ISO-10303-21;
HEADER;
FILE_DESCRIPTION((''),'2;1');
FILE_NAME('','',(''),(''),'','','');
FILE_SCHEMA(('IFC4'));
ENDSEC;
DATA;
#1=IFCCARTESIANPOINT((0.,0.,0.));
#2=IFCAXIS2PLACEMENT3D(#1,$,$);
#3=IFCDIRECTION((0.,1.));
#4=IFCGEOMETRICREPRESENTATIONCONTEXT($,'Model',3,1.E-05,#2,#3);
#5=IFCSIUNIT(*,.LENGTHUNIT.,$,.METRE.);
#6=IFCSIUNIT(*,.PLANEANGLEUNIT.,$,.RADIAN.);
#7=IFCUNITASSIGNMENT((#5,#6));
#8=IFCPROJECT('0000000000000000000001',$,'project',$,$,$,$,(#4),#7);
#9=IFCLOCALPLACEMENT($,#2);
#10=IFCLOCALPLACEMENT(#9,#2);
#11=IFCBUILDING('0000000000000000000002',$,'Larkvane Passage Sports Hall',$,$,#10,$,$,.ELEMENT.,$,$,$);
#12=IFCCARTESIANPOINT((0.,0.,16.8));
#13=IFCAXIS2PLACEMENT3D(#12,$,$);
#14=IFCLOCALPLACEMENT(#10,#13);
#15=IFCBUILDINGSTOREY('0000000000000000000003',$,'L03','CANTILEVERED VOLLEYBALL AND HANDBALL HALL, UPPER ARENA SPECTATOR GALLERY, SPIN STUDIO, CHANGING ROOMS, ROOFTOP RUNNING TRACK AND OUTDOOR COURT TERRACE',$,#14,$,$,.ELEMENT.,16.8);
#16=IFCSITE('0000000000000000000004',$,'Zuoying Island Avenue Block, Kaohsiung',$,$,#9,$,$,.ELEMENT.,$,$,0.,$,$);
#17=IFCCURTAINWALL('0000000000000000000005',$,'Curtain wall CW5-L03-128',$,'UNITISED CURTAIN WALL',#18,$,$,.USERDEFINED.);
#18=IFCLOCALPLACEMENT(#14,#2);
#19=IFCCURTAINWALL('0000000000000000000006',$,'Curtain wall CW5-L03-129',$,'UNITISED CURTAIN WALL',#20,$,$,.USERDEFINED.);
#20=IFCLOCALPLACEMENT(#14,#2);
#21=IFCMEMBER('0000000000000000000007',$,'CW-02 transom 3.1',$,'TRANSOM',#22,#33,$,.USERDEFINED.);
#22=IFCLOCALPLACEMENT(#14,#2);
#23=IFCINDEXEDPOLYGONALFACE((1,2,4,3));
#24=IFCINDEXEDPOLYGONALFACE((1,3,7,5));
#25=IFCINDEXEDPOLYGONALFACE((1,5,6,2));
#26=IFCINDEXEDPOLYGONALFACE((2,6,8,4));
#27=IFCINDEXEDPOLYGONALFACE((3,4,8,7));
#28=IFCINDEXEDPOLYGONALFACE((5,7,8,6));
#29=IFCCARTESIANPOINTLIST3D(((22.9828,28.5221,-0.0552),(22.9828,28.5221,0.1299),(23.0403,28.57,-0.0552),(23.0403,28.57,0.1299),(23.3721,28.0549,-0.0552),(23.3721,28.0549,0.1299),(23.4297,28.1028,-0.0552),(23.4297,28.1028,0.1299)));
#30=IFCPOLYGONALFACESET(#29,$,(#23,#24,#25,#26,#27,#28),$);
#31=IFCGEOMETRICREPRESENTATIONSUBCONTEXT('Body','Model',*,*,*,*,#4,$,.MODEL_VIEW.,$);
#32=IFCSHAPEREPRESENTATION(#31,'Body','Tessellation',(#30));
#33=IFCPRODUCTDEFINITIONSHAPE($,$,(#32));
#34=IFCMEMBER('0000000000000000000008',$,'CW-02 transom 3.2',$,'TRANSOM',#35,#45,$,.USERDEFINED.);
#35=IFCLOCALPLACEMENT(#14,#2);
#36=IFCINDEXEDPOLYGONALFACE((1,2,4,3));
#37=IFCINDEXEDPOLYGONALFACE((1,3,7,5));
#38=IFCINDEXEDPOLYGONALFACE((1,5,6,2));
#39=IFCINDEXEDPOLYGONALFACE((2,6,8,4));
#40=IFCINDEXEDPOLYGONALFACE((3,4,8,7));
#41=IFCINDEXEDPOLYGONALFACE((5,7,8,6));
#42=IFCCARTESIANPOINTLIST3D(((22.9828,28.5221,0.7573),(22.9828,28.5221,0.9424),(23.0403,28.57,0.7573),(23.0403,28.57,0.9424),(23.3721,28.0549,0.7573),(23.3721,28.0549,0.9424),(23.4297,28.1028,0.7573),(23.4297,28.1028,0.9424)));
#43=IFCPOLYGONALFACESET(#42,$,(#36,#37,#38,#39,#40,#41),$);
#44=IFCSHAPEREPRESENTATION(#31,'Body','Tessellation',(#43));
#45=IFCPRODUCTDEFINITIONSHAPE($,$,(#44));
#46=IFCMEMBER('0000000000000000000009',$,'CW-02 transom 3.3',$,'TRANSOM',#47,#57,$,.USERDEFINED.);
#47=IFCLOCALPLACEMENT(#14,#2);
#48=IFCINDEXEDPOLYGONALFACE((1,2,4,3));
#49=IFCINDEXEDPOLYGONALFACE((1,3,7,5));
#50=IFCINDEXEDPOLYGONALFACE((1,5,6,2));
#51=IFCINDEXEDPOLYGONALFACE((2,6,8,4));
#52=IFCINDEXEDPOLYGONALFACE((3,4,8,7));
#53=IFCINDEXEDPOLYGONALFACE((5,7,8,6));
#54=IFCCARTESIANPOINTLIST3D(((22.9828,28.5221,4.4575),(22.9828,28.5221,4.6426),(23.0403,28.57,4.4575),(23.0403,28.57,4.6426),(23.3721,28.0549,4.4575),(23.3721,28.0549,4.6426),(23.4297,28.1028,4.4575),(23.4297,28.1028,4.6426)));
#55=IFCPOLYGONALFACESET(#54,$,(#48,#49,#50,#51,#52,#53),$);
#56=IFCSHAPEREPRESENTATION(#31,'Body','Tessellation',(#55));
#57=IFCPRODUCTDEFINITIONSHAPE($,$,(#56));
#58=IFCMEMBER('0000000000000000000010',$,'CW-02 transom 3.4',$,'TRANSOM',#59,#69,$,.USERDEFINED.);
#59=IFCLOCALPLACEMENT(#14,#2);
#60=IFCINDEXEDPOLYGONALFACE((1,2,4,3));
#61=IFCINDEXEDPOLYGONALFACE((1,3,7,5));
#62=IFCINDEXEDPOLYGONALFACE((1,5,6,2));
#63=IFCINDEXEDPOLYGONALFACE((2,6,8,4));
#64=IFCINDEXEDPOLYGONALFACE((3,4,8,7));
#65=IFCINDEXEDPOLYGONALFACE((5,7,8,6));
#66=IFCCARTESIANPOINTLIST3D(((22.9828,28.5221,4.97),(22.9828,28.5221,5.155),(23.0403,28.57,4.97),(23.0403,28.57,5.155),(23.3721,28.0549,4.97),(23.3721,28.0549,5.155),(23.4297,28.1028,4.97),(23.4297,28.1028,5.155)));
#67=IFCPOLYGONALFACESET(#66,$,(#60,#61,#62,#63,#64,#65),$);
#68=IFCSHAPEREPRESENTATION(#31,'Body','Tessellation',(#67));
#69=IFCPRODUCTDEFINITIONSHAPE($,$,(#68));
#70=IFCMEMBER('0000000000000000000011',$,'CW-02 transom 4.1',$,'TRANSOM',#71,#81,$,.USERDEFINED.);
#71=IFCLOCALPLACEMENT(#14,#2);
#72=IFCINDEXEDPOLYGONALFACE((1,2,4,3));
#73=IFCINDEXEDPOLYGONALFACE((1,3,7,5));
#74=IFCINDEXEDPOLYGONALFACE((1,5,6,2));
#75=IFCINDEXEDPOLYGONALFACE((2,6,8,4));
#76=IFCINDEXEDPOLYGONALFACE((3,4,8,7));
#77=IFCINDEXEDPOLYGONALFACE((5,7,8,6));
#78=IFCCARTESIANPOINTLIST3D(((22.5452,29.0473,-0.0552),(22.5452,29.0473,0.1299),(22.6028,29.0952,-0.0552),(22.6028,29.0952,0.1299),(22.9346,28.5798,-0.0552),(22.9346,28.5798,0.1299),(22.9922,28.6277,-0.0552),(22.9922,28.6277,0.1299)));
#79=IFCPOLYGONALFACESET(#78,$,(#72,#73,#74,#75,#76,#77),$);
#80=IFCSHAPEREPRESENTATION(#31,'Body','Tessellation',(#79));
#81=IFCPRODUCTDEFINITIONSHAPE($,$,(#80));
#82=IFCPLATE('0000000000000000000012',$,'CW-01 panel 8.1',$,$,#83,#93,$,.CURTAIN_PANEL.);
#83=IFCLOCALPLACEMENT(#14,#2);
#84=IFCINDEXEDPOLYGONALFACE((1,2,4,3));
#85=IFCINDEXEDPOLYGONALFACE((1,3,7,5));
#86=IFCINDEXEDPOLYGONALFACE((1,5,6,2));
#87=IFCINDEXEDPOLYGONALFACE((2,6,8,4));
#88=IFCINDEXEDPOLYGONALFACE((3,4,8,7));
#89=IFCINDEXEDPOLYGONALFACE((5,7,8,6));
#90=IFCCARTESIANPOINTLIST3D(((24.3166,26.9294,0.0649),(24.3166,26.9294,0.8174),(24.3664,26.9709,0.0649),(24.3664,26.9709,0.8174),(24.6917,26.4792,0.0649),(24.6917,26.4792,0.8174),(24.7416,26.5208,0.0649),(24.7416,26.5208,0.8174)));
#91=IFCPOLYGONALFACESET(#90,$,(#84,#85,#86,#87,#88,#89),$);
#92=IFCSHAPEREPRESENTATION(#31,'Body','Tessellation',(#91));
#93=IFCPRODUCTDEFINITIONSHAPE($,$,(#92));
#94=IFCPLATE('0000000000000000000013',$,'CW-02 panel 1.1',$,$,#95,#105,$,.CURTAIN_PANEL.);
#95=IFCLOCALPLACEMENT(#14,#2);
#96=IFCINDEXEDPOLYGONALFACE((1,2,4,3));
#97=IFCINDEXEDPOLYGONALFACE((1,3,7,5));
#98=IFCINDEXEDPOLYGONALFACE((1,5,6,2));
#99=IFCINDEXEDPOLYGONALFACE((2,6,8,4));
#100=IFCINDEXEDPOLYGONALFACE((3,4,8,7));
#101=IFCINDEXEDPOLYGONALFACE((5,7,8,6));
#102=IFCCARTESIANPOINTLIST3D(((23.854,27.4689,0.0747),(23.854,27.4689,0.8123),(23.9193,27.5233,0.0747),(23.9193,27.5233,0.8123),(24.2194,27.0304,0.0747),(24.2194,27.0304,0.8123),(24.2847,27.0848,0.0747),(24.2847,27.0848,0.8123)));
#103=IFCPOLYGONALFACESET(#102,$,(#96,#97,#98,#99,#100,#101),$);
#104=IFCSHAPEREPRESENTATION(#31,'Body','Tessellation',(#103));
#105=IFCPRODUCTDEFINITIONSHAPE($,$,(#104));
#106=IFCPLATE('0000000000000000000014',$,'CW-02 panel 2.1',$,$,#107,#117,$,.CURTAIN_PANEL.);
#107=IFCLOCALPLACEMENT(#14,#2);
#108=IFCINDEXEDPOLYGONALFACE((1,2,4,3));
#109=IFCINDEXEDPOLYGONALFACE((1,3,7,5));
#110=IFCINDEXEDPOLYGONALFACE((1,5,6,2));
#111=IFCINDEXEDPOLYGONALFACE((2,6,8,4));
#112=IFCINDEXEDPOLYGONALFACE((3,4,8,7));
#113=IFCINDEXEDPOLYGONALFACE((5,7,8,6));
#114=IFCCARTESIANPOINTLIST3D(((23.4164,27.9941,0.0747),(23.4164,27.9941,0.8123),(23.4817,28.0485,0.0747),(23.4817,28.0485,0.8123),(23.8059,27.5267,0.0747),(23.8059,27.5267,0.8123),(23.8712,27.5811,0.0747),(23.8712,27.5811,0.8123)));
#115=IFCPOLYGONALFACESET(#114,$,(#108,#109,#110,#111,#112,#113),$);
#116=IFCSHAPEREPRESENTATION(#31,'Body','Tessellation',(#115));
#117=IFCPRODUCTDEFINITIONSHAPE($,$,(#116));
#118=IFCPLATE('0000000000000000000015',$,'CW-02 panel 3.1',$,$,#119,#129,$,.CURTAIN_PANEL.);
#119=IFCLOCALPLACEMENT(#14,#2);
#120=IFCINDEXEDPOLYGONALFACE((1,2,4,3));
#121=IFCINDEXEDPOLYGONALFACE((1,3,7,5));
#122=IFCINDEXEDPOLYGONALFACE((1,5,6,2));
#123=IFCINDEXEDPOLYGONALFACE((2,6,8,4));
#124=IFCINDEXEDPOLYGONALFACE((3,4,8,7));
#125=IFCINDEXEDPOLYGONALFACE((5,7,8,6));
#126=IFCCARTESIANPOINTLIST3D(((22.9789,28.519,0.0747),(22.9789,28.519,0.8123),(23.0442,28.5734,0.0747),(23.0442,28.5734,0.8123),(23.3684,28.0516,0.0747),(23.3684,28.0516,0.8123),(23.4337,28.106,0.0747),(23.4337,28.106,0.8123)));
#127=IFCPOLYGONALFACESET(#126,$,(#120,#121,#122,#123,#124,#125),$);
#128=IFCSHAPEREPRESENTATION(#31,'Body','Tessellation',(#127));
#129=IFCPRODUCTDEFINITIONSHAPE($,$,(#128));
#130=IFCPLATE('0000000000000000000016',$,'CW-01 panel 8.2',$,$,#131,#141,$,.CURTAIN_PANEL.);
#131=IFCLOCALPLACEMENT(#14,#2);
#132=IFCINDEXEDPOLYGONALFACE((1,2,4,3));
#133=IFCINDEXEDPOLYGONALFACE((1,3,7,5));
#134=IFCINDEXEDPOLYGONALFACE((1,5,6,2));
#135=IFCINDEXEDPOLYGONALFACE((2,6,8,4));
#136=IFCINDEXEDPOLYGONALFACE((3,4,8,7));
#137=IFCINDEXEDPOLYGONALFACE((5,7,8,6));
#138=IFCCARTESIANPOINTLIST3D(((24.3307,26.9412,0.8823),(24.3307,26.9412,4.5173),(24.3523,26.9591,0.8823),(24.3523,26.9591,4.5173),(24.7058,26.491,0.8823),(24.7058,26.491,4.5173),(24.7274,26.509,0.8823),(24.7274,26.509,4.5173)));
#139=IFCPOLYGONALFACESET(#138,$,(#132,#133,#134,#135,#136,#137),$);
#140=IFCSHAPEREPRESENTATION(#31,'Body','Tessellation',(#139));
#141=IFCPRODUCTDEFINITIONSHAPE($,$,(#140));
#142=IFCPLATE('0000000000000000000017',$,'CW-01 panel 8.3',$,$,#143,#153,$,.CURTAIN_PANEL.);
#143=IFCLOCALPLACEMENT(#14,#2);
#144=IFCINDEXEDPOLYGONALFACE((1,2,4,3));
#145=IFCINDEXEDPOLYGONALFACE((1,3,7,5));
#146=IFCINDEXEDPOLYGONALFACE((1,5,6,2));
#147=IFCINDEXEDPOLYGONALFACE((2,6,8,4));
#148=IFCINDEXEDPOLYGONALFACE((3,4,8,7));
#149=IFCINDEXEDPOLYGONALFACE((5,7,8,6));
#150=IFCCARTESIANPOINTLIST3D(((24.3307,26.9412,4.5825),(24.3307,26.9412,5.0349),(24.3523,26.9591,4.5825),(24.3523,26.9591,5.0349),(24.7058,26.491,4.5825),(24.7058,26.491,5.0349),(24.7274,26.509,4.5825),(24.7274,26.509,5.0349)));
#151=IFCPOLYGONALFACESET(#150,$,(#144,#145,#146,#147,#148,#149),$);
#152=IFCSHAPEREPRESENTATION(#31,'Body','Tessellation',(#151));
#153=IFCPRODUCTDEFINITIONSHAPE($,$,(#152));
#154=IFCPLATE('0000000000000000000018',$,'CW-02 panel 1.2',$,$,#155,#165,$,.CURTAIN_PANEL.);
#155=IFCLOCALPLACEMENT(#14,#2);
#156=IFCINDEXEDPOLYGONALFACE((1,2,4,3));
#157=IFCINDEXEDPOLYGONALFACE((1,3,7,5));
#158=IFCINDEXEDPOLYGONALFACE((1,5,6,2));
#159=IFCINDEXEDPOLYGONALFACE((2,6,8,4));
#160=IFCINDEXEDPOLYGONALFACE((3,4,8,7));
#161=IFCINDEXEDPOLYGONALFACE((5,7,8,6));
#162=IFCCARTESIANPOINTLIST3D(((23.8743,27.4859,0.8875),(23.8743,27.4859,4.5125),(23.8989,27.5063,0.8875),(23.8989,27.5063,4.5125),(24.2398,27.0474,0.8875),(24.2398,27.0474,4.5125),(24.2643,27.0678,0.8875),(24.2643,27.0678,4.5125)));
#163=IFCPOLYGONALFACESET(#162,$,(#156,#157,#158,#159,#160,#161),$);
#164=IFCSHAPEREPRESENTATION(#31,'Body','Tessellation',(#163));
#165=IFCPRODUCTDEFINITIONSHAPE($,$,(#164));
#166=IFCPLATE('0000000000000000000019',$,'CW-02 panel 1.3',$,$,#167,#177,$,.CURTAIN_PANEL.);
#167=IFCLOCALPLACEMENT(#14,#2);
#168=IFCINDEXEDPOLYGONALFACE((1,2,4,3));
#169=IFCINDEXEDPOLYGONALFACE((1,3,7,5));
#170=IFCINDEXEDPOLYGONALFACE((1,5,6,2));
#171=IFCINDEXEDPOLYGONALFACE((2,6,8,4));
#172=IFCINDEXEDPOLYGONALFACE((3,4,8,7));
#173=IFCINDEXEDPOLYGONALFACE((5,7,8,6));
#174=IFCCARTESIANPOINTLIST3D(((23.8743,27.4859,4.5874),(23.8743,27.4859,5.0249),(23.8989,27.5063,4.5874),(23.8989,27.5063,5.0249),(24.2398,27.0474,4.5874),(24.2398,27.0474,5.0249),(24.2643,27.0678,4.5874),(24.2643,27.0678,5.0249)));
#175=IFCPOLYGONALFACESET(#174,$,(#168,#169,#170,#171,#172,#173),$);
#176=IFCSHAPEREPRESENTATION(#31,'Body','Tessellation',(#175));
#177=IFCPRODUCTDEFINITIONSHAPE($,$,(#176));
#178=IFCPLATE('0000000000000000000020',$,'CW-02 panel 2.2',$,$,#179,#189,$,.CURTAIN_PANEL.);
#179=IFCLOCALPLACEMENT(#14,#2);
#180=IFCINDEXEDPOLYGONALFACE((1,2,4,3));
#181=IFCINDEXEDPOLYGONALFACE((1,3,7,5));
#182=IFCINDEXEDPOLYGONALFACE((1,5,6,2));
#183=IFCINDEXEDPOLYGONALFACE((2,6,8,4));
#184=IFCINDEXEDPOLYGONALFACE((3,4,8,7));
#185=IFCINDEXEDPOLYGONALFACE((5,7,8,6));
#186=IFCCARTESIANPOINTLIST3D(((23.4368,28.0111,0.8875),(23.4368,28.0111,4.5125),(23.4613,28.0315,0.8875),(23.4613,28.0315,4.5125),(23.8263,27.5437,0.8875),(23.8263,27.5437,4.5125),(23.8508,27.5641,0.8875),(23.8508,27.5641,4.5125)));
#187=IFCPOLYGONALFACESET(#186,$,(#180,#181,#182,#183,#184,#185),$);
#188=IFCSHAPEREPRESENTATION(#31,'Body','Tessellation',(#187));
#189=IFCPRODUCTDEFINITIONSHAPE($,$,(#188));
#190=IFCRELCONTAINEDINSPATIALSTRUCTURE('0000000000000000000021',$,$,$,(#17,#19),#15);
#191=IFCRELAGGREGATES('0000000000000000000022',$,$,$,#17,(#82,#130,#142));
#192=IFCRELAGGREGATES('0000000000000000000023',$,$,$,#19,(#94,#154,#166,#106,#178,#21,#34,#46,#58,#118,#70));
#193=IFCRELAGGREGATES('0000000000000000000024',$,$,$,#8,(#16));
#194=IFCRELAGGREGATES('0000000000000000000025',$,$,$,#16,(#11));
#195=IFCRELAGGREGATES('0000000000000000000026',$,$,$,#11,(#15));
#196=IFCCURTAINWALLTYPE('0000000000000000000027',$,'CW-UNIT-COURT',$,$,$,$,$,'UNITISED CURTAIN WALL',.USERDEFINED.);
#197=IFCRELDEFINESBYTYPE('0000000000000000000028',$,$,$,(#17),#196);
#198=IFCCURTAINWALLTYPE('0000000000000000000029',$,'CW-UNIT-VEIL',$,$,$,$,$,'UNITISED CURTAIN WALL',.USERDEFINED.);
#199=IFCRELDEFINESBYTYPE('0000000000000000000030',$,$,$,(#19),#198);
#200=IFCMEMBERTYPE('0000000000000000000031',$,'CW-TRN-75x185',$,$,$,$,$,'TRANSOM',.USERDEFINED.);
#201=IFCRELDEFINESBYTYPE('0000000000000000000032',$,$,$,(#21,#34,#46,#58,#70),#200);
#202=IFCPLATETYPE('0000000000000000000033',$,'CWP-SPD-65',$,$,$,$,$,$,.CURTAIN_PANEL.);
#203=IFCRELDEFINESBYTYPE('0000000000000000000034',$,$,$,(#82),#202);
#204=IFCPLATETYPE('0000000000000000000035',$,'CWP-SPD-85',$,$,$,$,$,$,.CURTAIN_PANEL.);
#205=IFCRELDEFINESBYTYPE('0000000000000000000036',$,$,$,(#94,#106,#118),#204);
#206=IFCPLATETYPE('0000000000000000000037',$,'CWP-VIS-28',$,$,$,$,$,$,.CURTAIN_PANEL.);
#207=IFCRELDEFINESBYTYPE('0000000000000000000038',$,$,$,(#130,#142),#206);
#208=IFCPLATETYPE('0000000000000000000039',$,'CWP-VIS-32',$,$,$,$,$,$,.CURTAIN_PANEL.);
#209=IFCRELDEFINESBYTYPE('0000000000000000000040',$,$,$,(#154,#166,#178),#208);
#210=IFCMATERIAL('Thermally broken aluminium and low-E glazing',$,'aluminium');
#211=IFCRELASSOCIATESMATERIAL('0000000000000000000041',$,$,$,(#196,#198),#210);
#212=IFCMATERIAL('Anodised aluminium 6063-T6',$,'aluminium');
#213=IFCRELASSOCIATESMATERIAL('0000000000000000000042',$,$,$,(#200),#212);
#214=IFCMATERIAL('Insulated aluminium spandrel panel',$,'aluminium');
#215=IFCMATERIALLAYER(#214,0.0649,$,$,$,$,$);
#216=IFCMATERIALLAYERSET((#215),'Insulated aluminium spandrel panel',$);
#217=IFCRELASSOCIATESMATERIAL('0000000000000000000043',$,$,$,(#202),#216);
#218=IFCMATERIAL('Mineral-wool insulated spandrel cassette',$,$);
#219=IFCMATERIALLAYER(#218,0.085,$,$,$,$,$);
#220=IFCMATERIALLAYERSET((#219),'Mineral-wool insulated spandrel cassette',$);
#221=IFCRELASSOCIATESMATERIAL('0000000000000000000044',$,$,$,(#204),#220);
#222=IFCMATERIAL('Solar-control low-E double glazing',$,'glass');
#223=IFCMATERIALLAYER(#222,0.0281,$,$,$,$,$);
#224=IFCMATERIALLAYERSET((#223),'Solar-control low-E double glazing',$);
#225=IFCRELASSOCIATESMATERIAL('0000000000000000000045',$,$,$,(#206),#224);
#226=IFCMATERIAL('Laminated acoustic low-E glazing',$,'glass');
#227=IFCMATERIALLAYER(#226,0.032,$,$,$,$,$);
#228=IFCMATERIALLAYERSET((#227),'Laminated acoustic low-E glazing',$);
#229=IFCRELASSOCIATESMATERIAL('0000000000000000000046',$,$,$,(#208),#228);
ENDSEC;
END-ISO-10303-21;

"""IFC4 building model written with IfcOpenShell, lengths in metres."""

from ifc_helpers import new_model, si_unit, direction, frame, origin, origin_2d, place, context, subcontext, project, spatial, rectangle, extrude, material, layer, layer_set, material_profile, profile_set, type_object, element, aggregate, save


model = new_model("IFC4")

# Units and contexts
model_context = context("Model", 3, precision=1e-05, world=origin(), true_north=direction((0.0, 1.0)))
body_context = subcontext(model_context, "Body", "Model", "MODEL_VIEW")
ifc_project = project(units=[si_unit("LENGTHUNIT", "METRE"), si_unit("PLANEANGLEUNIT", "RADIAN")], contexts=[model_context])

# Site, building, storey
site_placement = place(None, origin())
site = spatial("IfcSite", under=ifc_project, at=site_placement, Name="Zuoying Island Avenue Block, Kaohsiung", CompositionType="ELEMENT", RefElevation=0.0)
building_placement = place(site_placement, origin())
building = spatial("IfcBuilding", under=site, at=building_placement, Name="Larkvane Passage Sports Hall", CompositionType="ELEMENT")
storey_placement = place(building_placement, frame((0.0, 0.0, 16.8)))
storey = spatial("IfcBuildingStorey", under=building, at=storey_placement, Name="L03", Description="CANTILEVERED VOLLEYBALL AND HANDBALL HALL, UPPER ARENA SPECTATOR GALLERY, SPIN STUDIO, CHANGING ROOMS, ROOFTOP RUNNING TRACK AND OUTDOOR COURT TERRACE", CompositionType="ELEMENT", Elevation=16.8)

# Curtain wall
ifc_material_1 = material(Name="Thermally broken aluminium and low-E glazing", Category="aluminium")
curtain_wall_type_1 = type_object("IfcCurtainWallType", Name="CW-UNIT-COURT", ElementType="UNITISED CURTAIN WALL", PredefinedType="USERDEFINED", material=ifc_material_1)
curtain_wall_1_placement = place(storey_placement, origin())
curtain_wall_1 = element("IfcCurtainWall", 1, at=curtain_wall_1_placement, inside=storey, type_object=curtain_wall_type_1, Name="Curtain wall CW5-L03-128", ObjectType="UNITISED CURTAIN WALL", PredefinedType="USERDEFINED")
ifc_material_2 = material(Name="Anodised aluminium 6063-T6", Category="aluminium")

# Curtain wall
curtain_wall_type_2 = type_object("IfcCurtainWallType", Name="CW-UNIT-VEIL", ElementType="UNITISED CURTAIN WALL", PredefinedType="USERDEFINED", material=ifc_material_1)
curtain_wall_2_placement = place(storey_placement, origin())
curtain_wall_2 = element("IfcCurtainWall", 2, at=curtain_wall_2_placement, inside=storey, type_object=curtain_wall_type_2, Name="Curtain wall CW5-L03-129", ObjectType="UNITISED CURTAIN WALL", PredefinedType="USERDEFINED")

# Members
ifc_material_profile_1 = material_profile(ifc_material_2, rectangle(XDim=0.075, YDim=0.1851, at=origin_2d()), Name="ALU-TRN-75x185")
ifc_profile_set_1 = profile_set([ifc_material_profile_1], Name="Anodised aluminium 6063-T6")
member_type_1 = type_object("IfcMemberType", Name="CW-TRN-75x185", ElementType="TRANSOM", PredefinedType="USERDEFINED", material=ifc_profile_set_1)
member_1_placement = place(storey_placement, frame((23.4009, 28.0789, 0.0374), z_axis=(-0.640184, 0.768221, 0.0), x_axis=(-0.768221, -0.640184, 0.0)))
member_1 = element("IfcMember", 3, at=member_1_placement, type_object=member_type_1, Name="CW-02 transom 3.1", ObjectType="TRANSOM", PredefinedType="USERDEFINED", context=body_context, shape_type="SweptSolid", body=[
    extrude(rectangle(XDim=0.075, YDim=0.1851, at=origin_2d()), origin(), (0.0, 0.0, 1.0), 0.6082),
])
member_2_placement = place(storey_placement, frame((23.4009, 28.0789, 0.8499), z_axis=(-0.640184, 0.768221, 0.0), x_axis=(-0.768221, -0.640184, 0.0)))
member_2 = element("IfcMember", 4, at=member_2_placement, type_object=member_type_1, Name="CW-02 transom 3.2", ObjectType="TRANSOM", PredefinedType="USERDEFINED", context=body_context, shape_type="SweptSolid", body=[
    extrude(rectangle(XDim=0.075, YDim=0.1851, at=origin_2d()), origin(), (0.0, 0.0, 1.0), 0.6082),
])
member_3_placement = place(storey_placement, frame((23.4009, 28.0789, 4.55), z_axis=(-0.640184, 0.768221, 0.0), x_axis=(-0.768221, -0.640184, 0.0)))
member_3 = element("IfcMember", 5, at=member_3_placement, type_object=member_type_1, Name="CW-02 transom 3.3", ObjectType="TRANSOM", PredefinedType="USERDEFINED", context=body_context, shape_type="SweptSolid", body=[
    extrude(rectangle(XDim=0.075, YDim=0.1851, at=origin_2d()), origin(), (0.0, 0.0, 1.0), 0.6082),
])
member_4_placement = place(storey_placement, frame((23.4009, 28.0789, 5.0625), z_axis=(-0.640184, 0.768221, 0.0), x_axis=(-0.768221, -0.640184, 0.0)))
member_4 = element("IfcMember", 6, at=member_4_placement, type_object=member_type_1, Name="CW-02 transom 3.4", ObjectType="TRANSOM", PredefinedType="USERDEFINED", context=body_context, shape_type="SweptSolid", body=[
    extrude(rectangle(XDim=0.075, YDim=0.1851, at=origin_2d()), origin(), (0.0, 0.0, 1.0), 0.6082),
])
member_5_placement = place(storey_placement, frame((22.9634, 28.6038, 0.0374), z_axis=(-0.639987, 0.768386, 0.0), x_axis=(-0.768386, -0.639987, 0.0)))
member_5 = element("IfcMember", 7, at=member_5_placement, type_object=member_type_1, Name="CW-02 transom 4.1", ObjectType="TRANSOM", PredefinedType="USERDEFINED", context=body_context, shape_type="SweptSolid", body=[
    extrude(rectangle(XDim=0.075, YDim=0.1851, at=origin_2d()), origin(), (0.0, 0.0, 1.0), 0.6084),
])

# Plates
ifc_material_3 = material(Name="Insulated aluminium spandrel panel", Category="aluminium")
ifc_layer_1 = layer(ifc_material_3, 0.0649)
ifc_layer_set_1 = layer_set([ifc_layer_1], Name="Insulated aluminium spandrel panel")
plate_type_1 = type_object("IfcPlateType", Name="CWP-SPD-65", PredefinedType="CURTAIN_PANEL", material=ifc_layer_set_1)
plate_1_placement = place(storey_placement, frame((24.5291, 26.7251, 0.0649), z_axis=(0.0, 0.0, 1.0), x_axis=(-0.640184, 0.768221, 0.0)))
plate_1 = element("IfcPlate", 8, at=plate_1_placement, type_object=plate_type_1, Name="CW-01 panel 8.1", PredefinedType="CURTAIN_PANEL", context=body_context, shape_type="SweptSolid", body=[
    extrude(rectangle(XDim=0.5859, YDim=0.0649, at=origin_2d()), origin(), (0.0, 0.0, 1.0), 0.7524),
])
ifc_material_4 = material(Name="Mineral-wool insulated spandrel cassette")
ifc_layer_2 = layer(ifc_material_4, 0.085)
ifc_layer_set_2 = layer_set([ifc_layer_2], Name="Mineral-wool insulated spandrel cassette")
plate_type_2 = type_object("IfcPlateType", Name="CWP-SPD-85", PredefinedType="CURTAIN_PANEL", material=ifc_layer_set_2)
plate_2_placement = place(storey_placement, frame((24.0693, 27.2769, 0.0747), z_axis=(0.0, 0.0, 1.0), x_axis=(-0.640184, 0.768221, 0.0)))
plate_2 = element("IfcPlate", 9, at=plate_2_placement, type_object=plate_type_2, Name="CW-02 panel 1.1", PredefinedType="CURTAIN_PANEL", context=body_context, shape_type="SweptSolid", body=[
    extrude(rectangle(XDim=0.5708, YDim=0.085, at=origin_2d()), origin(), (0.0, 0.0, 1.0), 0.7375),
])
plate_3_placement = place(storey_placement, frame((23.6438, 27.7876, 0.0747), z_axis=(0.0, 0.0, 1.0), x_axis=(-0.640184, 0.768221, 0.0)))
plate_3 = element("IfcPlate", 10, at=plate_3_placement, type_object=plate_type_2, Name="CW-02 panel 2.1", PredefinedType="CURTAIN_PANEL", context=body_context, shape_type="SweptSolid", body=[
    extrude(rectangle(XDim=0.6084, YDim=0.085, at=origin_2d()), origin(), (0.0, 0.0, 1.0), 0.7375),
])
plate_4_placement = place(storey_placement, frame((23.2063, 28.3125, 0.0747), z_axis=(0.0, 0.0, 1.0), x_axis=(-0.640184, 0.768221, 0.0)))
plate_4 = element("IfcPlate", 11, at=plate_4_placement, type_object=plate_type_2, Name="CW-02 panel 3.1", PredefinedType="CURTAIN_PANEL", context=body_context, shape_type="SweptSolid", body=[
    extrude(rectangle(XDim=0.6084, YDim=0.085, at=origin_2d()), origin(), (0.0, 0.0, 1.0), 0.7375),
])
ifc_material_5 = material(Name="Solar-control low-E double glazing", Category="glass")
ifc_layer_3 = layer(ifc_material_5, 0.0281)
ifc_layer_set_3 = layer_set([ifc_layer_3], Name="Solar-control low-E double glazing")
plate_type_3 = type_object("IfcPlateType", Name="CWP-VIS-28", PredefinedType="CURTAIN_PANEL", material=ifc_layer_set_3)
plate_5_placement = place(storey_placement, frame((24.5291, 26.7251, 0.8823), z_axis=(0.0, 0.0, 1.0), x_axis=(-0.640184, 0.768221, 0.0)))
plate_5 = element("IfcPlate", 12, at=plate_5_placement, type_object=plate_type_3, Name="CW-01 panel 8.2", PredefinedType="CURTAIN_PANEL", context=body_context, shape_type="SweptSolid", body=[
    extrude(rectangle(XDim=0.5859, YDim=0.0281, at=origin_2d()), origin(), (0.0, 0.0, 1.0), 3.635),
])
plate_6_placement = place(storey_placement, frame((24.5291, 26.7251, 4.5825), z_axis=(0.0, 0.0, 1.0), x_axis=(-0.640184, 0.768221, 0.0)))
plate_6 = element("IfcPlate", 13, at=plate_6_placement, type_object=plate_type_3, Name="CW-01 panel 8.3", PredefinedType="CURTAIN_PANEL", context=body_context, shape_type="SweptSolid", body=[
    extrude(rectangle(XDim=0.5859, YDim=0.0281, at=origin_2d()), origin(), (0.0, 0.0, 1.0), 0.4524),
])
aggregate(curtain_wall_1, [plate_1, plate_5, plate_6])
ifc_material_6 = material(Name="Laminated acoustic low-E glazing", Category="glass")
ifc_layer_4 = layer(ifc_material_6, 0.032)
ifc_layer_set_4 = layer_set([ifc_layer_4], Name="Laminated acoustic low-E glazing")
plate_type_4 = type_object("IfcPlateType", Name="CWP-VIS-32", PredefinedType="CURTAIN_PANEL", material=ifc_layer_set_4)
plate_7_placement = place(storey_placement, frame((24.0693, 27.2769, 0.8875), z_axis=(0.0, 0.0, 1.0), x_axis=(-0.640184, 0.768221, 0.0)))
plate_7 = element("IfcPlate", 14, at=plate_7_placement, type_object=plate_type_4, Name="CW-02 panel 1.2", PredefinedType="CURTAIN_PANEL", context=body_context, shape_type="SweptSolid", body=[
    extrude(rectangle(XDim=0.5708, YDim=0.032, at=origin_2d()), origin(), (0.0, 0.0, 1.0), 3.625),
])
plate_8_placement = place(storey_placement, frame((24.0693, 27.2769, 4.5874), z_axis=(0.0, 0.0, 1.0), x_axis=(-0.640184, 0.768221, 0.0)))
plate_8 = element("IfcPlate", 15, at=plate_8_placement, type_object=plate_type_4, Name="CW-02 panel 1.3", PredefinedType="CURTAIN_PANEL", context=body_context, shape_type="SweptSolid", body=[
    extrude(rectangle(XDim=0.5708, YDim=0.032, at=origin_2d()), origin(), (0.0, 0.0, 1.0), 0.4375),
])
plate_9_placement = place(storey_placement, frame((23.6438, 27.7876, 0.8875), z_axis=(0.0, 0.0, 1.0), x_axis=(-0.640184, 0.768221, 0.0)))
plate_9 = element("IfcPlate", 16, at=plate_9_placement, type_object=plate_type_4, Name="CW-02 panel 2.2", PredefinedType="CURTAIN_PANEL", context=body_context, shape_type="SweptSolid", body=[
    extrude(rectangle(XDim=0.6084, YDim=0.032, at=origin_2d()), origin(), (0.0, 0.0, 1.0), 3.625),
])
aggregate(curtain_wall_2, [plate_2, plate_7, plate_8, plate_3, plate_9, member_1, member_2, member_3, member_4, plate_4, member_5])

save(model, "model.ifc")
